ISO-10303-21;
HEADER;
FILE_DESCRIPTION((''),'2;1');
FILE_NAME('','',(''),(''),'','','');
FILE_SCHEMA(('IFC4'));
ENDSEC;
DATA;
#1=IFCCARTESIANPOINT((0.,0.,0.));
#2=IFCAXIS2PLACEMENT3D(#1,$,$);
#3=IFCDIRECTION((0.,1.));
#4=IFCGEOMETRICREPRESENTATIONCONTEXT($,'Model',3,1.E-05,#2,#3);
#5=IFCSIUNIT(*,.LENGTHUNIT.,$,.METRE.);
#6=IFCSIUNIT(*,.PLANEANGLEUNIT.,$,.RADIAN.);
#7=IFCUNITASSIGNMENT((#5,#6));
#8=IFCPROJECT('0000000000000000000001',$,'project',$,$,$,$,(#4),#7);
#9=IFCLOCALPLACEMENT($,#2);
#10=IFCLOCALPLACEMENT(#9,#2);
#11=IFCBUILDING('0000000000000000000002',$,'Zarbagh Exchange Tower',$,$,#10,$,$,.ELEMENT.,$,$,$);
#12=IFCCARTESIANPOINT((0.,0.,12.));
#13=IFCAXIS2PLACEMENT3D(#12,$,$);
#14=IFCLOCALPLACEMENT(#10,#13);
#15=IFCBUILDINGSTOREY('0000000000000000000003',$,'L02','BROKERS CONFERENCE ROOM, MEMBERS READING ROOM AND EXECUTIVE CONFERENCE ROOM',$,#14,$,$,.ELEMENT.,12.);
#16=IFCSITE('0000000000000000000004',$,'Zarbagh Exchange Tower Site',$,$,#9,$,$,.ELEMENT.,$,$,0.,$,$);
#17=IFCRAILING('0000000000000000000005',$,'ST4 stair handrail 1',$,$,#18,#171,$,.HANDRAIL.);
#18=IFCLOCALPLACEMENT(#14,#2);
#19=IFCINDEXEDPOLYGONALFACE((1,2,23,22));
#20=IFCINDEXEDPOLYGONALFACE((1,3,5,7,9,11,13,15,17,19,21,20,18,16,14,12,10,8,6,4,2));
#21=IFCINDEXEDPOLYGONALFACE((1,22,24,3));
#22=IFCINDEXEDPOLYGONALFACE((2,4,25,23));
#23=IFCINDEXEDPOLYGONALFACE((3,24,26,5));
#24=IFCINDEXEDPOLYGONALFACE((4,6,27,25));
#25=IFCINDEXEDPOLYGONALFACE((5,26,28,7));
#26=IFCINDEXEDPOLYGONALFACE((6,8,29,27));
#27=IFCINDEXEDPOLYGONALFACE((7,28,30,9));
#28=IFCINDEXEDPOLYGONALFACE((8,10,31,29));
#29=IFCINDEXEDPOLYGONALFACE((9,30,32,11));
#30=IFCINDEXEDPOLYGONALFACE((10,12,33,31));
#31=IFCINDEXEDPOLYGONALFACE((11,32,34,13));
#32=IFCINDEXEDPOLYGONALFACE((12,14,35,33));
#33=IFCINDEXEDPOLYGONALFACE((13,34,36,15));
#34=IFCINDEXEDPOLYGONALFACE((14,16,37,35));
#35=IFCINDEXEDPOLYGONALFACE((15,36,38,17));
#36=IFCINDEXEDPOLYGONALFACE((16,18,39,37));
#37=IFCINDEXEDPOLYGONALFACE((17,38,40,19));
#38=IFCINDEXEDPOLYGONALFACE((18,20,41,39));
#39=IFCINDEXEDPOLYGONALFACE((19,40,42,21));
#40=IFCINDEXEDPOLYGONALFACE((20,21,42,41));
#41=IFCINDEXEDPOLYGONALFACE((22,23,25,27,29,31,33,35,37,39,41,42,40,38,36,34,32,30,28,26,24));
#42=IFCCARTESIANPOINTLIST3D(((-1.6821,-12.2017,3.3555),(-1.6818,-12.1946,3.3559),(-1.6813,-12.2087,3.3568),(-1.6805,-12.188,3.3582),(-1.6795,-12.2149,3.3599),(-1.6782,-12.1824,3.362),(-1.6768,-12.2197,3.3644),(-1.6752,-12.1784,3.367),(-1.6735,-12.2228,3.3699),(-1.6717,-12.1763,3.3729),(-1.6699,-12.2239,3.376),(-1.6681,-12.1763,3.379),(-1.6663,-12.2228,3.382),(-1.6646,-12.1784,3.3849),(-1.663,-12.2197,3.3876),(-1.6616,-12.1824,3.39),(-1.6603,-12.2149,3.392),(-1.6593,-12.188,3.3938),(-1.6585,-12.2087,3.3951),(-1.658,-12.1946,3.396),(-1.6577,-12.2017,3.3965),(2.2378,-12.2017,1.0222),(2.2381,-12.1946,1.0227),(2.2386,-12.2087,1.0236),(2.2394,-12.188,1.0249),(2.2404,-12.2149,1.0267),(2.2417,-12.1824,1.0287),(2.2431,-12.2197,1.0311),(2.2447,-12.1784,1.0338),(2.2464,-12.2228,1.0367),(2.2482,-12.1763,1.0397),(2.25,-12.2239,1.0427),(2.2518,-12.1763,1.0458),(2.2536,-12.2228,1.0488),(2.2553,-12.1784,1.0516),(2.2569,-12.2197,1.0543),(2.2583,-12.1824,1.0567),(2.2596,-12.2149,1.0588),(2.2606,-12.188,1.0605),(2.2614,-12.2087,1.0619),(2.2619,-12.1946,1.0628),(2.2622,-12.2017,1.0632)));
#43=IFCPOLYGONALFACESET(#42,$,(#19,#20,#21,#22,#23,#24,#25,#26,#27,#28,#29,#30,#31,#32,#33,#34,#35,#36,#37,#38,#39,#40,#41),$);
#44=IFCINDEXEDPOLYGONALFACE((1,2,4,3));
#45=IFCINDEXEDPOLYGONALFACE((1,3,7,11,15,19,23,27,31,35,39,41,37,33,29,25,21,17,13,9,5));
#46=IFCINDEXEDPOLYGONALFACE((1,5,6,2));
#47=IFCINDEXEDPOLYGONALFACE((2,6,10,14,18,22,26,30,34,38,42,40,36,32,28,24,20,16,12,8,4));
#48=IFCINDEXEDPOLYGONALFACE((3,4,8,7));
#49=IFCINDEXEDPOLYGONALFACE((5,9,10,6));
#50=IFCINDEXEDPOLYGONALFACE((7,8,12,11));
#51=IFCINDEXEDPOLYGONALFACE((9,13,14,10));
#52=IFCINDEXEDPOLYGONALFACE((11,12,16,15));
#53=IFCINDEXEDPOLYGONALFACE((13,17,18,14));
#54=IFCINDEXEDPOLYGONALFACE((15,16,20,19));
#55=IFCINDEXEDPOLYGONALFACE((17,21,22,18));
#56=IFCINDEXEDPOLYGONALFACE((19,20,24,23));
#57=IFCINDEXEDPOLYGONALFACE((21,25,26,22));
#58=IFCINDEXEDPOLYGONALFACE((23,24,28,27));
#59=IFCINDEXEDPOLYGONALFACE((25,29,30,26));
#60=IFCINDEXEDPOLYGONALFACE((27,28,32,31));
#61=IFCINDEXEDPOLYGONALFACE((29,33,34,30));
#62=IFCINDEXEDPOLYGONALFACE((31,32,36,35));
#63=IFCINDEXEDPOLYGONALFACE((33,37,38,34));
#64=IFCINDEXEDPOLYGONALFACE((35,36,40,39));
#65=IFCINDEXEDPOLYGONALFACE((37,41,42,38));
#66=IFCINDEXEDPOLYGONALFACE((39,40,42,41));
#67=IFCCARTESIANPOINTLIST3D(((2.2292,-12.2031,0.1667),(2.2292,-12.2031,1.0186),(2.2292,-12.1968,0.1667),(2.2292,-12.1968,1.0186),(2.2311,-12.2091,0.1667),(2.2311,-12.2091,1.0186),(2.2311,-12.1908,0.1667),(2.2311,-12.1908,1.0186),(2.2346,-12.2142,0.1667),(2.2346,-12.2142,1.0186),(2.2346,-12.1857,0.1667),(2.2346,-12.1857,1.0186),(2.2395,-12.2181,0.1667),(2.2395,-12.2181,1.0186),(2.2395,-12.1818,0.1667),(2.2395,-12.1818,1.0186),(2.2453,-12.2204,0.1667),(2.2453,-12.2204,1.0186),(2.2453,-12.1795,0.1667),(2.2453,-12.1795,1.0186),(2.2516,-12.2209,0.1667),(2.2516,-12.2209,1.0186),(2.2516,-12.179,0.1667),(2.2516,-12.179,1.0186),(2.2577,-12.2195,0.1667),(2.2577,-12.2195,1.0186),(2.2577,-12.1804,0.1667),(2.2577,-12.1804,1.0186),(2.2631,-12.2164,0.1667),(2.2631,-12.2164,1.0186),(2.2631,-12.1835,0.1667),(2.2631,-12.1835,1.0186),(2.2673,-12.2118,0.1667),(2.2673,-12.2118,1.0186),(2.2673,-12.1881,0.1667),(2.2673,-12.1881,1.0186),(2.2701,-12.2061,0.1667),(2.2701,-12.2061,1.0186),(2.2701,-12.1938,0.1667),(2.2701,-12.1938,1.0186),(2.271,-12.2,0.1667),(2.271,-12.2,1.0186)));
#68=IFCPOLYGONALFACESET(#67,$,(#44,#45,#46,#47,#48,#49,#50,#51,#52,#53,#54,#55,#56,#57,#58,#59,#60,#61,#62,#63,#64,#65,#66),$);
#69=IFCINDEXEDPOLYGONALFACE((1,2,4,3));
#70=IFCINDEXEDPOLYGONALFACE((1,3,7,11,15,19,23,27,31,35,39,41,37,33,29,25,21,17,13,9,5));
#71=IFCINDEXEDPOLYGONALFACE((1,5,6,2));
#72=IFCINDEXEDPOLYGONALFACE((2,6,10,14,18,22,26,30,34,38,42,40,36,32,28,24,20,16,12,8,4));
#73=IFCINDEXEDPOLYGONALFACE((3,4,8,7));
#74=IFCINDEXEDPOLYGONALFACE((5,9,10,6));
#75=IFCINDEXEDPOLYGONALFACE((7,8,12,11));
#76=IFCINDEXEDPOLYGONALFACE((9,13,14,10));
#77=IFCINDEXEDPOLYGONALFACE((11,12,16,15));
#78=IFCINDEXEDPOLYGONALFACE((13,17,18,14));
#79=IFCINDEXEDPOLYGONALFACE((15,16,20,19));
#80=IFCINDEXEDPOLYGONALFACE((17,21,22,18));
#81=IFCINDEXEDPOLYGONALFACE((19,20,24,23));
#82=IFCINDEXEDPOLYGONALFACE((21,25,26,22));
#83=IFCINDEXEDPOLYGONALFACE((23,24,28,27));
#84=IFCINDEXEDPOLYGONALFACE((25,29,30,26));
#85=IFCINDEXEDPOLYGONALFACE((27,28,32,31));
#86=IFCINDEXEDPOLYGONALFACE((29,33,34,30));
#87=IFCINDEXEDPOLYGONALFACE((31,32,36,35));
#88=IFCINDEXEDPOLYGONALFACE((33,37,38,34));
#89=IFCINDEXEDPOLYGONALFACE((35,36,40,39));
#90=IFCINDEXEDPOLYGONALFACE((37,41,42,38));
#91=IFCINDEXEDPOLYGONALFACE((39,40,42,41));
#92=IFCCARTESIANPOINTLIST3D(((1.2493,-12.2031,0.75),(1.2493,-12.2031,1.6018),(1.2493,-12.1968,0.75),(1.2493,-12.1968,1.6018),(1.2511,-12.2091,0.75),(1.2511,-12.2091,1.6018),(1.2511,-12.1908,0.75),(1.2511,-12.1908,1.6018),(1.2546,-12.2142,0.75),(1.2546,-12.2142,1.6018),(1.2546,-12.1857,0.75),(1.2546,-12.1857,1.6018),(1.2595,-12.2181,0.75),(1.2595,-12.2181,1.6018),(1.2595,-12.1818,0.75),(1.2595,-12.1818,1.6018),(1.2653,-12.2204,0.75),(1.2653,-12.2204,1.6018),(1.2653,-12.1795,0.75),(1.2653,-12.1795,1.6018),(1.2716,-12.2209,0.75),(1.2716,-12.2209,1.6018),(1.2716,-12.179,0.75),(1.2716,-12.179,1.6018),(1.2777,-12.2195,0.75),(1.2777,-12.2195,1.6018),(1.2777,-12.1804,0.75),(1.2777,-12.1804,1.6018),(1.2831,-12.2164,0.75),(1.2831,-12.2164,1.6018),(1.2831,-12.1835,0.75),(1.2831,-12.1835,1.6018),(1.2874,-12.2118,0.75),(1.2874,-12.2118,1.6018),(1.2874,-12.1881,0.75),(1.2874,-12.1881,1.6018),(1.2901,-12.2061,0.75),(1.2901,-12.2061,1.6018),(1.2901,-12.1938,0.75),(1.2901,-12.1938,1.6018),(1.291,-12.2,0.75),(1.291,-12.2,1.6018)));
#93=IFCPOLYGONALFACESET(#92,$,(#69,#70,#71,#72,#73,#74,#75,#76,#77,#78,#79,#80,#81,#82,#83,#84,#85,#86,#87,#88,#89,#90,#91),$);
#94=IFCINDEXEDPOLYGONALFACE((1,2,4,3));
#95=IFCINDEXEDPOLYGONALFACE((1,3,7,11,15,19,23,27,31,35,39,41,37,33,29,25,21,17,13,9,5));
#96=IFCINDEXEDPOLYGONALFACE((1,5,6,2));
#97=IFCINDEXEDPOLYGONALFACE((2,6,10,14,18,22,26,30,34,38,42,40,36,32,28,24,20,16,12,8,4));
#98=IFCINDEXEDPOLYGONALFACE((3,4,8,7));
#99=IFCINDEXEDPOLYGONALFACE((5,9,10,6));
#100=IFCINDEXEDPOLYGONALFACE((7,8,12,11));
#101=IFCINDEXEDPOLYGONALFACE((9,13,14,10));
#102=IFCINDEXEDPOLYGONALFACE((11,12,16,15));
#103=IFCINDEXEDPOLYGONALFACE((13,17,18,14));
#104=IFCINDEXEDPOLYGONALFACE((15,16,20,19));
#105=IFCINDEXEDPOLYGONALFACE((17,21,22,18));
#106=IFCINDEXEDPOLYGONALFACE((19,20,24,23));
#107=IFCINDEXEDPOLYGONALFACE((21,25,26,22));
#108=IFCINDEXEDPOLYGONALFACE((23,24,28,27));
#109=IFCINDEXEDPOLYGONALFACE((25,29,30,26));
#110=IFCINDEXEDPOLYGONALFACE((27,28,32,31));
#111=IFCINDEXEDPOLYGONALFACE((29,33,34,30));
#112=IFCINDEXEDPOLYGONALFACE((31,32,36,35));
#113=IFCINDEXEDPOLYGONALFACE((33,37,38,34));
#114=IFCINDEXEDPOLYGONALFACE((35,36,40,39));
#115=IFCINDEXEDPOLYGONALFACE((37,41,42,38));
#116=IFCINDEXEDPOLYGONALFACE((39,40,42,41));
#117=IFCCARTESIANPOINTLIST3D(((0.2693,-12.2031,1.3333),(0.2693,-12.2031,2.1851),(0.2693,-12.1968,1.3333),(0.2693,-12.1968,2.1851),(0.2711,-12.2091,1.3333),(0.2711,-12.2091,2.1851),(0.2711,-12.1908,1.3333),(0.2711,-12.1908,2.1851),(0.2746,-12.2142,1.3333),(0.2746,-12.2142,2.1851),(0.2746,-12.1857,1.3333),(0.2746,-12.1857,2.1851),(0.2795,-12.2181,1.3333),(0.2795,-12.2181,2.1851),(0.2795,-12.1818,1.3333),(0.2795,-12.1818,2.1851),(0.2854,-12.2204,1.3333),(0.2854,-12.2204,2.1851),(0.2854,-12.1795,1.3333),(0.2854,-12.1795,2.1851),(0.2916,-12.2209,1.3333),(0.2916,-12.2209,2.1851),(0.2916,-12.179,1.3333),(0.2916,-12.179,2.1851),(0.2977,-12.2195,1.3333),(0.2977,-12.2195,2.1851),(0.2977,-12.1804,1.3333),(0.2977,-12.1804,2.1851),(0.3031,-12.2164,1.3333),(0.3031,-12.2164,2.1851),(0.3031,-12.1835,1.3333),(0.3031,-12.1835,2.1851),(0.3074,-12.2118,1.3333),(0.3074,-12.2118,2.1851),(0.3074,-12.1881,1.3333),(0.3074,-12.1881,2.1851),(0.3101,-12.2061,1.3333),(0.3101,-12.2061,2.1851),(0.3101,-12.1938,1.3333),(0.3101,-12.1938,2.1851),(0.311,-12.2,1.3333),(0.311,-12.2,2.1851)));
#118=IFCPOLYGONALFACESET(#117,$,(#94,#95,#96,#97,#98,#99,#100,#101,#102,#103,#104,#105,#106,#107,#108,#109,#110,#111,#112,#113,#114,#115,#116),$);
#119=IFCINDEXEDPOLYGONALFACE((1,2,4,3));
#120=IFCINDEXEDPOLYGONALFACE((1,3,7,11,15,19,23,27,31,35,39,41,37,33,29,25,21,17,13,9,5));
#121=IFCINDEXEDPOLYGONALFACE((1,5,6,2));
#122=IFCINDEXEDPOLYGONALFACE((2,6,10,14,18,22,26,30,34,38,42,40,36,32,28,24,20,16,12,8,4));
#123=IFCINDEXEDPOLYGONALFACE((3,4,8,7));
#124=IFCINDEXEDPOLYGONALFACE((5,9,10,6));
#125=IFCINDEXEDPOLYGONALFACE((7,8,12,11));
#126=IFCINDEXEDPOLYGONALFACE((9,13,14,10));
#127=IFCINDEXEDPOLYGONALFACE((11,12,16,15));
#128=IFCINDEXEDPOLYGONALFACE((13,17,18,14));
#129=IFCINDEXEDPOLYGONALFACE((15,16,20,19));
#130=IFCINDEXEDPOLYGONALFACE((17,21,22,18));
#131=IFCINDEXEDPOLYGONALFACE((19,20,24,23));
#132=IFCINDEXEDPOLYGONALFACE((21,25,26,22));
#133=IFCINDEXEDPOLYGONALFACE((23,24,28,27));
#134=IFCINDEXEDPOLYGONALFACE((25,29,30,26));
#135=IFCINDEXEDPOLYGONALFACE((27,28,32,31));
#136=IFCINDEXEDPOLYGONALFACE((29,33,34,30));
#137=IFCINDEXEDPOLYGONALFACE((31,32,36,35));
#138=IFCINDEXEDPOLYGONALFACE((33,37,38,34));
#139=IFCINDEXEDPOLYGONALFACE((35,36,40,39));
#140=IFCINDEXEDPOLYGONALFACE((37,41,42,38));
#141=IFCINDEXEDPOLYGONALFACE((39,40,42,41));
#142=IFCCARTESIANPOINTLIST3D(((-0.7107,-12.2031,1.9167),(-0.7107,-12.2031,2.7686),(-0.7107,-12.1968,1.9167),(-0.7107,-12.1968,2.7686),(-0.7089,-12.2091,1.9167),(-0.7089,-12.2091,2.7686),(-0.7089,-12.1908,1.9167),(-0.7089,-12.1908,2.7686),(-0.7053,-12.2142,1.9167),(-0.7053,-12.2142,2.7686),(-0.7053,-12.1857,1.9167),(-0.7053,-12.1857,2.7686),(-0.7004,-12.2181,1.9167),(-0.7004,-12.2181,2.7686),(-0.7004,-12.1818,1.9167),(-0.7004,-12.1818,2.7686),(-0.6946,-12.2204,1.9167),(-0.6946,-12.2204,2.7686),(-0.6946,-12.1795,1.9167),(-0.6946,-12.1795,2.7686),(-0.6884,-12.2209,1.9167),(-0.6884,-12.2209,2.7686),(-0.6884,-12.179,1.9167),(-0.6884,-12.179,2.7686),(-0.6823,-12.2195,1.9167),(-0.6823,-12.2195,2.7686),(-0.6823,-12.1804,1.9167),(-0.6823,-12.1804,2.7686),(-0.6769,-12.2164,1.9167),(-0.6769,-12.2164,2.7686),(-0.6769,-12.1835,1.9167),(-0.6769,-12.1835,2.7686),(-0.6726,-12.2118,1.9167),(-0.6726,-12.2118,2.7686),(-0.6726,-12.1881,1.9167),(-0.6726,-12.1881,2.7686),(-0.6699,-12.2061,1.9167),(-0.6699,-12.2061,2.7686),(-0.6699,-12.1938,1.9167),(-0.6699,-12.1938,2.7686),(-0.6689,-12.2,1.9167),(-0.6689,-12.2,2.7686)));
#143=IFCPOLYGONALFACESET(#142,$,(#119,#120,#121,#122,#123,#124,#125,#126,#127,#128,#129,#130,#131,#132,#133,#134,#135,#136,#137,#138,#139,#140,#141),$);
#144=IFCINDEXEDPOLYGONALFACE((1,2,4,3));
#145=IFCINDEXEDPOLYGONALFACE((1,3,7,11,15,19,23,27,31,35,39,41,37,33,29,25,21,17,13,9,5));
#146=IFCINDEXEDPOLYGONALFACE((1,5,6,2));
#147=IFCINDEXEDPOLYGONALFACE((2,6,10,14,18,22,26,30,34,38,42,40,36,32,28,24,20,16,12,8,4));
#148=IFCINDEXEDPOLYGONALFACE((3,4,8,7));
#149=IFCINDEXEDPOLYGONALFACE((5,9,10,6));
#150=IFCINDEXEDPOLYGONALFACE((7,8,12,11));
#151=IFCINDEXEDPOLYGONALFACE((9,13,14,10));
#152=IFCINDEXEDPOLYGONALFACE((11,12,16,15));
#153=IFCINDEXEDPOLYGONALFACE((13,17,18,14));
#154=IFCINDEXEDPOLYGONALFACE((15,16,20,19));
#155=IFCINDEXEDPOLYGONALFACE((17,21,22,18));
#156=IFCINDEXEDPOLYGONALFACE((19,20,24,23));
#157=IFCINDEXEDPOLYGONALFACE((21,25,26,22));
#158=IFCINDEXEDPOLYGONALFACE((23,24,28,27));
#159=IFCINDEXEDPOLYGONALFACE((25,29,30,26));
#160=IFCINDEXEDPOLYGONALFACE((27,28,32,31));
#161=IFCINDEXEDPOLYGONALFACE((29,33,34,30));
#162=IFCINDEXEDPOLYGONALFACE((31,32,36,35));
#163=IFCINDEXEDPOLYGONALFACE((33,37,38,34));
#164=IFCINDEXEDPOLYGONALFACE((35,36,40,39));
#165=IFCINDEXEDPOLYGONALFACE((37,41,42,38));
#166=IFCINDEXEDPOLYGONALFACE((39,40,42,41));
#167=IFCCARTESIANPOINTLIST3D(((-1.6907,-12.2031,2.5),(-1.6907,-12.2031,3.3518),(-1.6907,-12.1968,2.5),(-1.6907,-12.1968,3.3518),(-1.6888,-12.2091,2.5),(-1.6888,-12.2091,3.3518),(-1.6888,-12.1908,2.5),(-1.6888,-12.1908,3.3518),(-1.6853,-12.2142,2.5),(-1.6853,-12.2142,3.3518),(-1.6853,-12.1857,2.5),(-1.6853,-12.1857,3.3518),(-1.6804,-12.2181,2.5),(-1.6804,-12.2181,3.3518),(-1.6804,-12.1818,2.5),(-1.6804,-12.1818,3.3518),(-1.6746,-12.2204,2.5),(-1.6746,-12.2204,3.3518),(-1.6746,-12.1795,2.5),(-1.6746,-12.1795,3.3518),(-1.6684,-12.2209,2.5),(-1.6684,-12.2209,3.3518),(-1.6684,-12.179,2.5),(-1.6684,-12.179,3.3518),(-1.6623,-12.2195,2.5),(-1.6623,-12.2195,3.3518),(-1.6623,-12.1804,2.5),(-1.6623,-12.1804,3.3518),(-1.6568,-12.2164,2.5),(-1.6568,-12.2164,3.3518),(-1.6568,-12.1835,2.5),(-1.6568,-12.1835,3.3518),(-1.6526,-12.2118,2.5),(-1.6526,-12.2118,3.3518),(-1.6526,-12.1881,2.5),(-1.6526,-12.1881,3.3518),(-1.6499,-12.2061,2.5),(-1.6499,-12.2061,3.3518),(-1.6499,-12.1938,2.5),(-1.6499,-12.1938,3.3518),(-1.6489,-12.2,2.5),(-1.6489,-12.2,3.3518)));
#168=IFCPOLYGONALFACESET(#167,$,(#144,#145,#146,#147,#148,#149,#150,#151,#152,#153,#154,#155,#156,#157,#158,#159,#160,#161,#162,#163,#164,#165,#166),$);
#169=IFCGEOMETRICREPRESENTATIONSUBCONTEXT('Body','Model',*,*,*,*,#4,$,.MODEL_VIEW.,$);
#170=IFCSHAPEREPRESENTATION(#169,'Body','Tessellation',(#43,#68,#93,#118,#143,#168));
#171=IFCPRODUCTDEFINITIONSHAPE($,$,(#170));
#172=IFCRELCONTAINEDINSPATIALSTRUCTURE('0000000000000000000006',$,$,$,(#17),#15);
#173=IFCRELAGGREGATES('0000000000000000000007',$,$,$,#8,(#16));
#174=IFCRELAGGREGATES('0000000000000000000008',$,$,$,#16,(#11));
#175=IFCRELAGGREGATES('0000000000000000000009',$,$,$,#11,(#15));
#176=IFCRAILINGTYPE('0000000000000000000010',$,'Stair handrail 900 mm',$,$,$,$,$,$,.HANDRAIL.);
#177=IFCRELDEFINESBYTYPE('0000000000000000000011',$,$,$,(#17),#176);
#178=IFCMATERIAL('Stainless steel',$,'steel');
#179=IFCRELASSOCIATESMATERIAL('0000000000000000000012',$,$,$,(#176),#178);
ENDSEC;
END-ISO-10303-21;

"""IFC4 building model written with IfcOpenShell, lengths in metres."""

from ifc_helpers import new_model, si_unit, direction, frame, origin, origin_2d, place, context, subcontext, project, spatial, circle, extrude, material, type_object, element, save


model = new_model("IFC4")

# Units and contexts
model_context = context("Model", 3, precision=1e-05, world=origin(), true_north=direction((0.0, 1.0)))
body_context = subcontext(model_context, "Body", "Model", "MODEL_VIEW")
ifc_project = project(units=[si_unit("LENGTHUNIT", "METRE"), si_unit("PLANEANGLEUNIT", "RADIAN")], contexts=[model_context])

# Site, building, storey
site_placement = place(None, origin())
site = spatial("IfcSite", under=ifc_project, at=site_placement, Name="Zarbagh Exchange Tower Site", CompositionType="ELEMENT", RefElevation=0.0)
building_placement = place(site_placement, origin())
building = spatial("IfcBuilding", under=site, at=building_placement, Name="Zarbagh Exchange Tower", CompositionType="ELEMENT")
storey_placement = place(building_placement, frame((0.0, 0.0, 12.0)))
storey = spatial("IfcBuildingStorey", under=building, at=storey_placement, Name="L02", Description="BROKERS CONFERENCE ROOM, MEMBERS READING ROOM AND EXECUTIVE CONFERENCE ROOM", CompositionType="ELEMENT", Elevation=12.0)

# Railing
ifc_material_1 = material(Name="Stainless steel", Category="steel")
railing_type_1 = type_object("IfcRailingType", Name="Stair handrail 900 mm", PredefinedType="HANDRAIL", material=ifc_material_1)
for number, where, name in (
    (1, (2.25, -12.2, 0.1667), "ST4 stair handrail 1"),
):
    element("IfcRailing", number, at=place(storey_placement, frame(where)), inside=storey, type_object=railing_type_1, Name=name, PredefinedType="HANDRAIL", context=body_context, shape_type="SweptSolid", body=[
        extrude(circle(Radius=0.0239, at=origin_2d()), frame((0.0, 0.0, 0.876), z_axis=(-0.859296, 0.0, 0.511478), x_axis=(0.0, -1.0, 0.0)), (0.0, 0.0, 1.0), 4.5618),
        extrude(circle(Radius=0.021, at=origin_2d()), origin(), (0.0, 0.0, 1.0), 0.8518),
        extrude(circle(Radius=0.021, at=origin_2d()), frame((-0.98, 0.0, 0.5833)), (0.0, 0.0, 1.0), 0.8518),
        extrude(circle(Radius=0.021, at=origin_2d()), frame((-1.96, 0.0, 1.1665)), (0.0, 0.0, 1.0), 0.8518),
        extrude(circle(Radius=0.021, at=origin_2d()), frame((-2.9399, 0.0, 1.75)), (0.0, 0.0, 1.0), 0.8518),
        extrude(circle(Radius=0.021, at=origin_2d()), frame((-3.9199, 0.0, 2.3333)), (0.0, 0.0, 1.0), 0.8518),
    ])

save(model, "model.ifc")
